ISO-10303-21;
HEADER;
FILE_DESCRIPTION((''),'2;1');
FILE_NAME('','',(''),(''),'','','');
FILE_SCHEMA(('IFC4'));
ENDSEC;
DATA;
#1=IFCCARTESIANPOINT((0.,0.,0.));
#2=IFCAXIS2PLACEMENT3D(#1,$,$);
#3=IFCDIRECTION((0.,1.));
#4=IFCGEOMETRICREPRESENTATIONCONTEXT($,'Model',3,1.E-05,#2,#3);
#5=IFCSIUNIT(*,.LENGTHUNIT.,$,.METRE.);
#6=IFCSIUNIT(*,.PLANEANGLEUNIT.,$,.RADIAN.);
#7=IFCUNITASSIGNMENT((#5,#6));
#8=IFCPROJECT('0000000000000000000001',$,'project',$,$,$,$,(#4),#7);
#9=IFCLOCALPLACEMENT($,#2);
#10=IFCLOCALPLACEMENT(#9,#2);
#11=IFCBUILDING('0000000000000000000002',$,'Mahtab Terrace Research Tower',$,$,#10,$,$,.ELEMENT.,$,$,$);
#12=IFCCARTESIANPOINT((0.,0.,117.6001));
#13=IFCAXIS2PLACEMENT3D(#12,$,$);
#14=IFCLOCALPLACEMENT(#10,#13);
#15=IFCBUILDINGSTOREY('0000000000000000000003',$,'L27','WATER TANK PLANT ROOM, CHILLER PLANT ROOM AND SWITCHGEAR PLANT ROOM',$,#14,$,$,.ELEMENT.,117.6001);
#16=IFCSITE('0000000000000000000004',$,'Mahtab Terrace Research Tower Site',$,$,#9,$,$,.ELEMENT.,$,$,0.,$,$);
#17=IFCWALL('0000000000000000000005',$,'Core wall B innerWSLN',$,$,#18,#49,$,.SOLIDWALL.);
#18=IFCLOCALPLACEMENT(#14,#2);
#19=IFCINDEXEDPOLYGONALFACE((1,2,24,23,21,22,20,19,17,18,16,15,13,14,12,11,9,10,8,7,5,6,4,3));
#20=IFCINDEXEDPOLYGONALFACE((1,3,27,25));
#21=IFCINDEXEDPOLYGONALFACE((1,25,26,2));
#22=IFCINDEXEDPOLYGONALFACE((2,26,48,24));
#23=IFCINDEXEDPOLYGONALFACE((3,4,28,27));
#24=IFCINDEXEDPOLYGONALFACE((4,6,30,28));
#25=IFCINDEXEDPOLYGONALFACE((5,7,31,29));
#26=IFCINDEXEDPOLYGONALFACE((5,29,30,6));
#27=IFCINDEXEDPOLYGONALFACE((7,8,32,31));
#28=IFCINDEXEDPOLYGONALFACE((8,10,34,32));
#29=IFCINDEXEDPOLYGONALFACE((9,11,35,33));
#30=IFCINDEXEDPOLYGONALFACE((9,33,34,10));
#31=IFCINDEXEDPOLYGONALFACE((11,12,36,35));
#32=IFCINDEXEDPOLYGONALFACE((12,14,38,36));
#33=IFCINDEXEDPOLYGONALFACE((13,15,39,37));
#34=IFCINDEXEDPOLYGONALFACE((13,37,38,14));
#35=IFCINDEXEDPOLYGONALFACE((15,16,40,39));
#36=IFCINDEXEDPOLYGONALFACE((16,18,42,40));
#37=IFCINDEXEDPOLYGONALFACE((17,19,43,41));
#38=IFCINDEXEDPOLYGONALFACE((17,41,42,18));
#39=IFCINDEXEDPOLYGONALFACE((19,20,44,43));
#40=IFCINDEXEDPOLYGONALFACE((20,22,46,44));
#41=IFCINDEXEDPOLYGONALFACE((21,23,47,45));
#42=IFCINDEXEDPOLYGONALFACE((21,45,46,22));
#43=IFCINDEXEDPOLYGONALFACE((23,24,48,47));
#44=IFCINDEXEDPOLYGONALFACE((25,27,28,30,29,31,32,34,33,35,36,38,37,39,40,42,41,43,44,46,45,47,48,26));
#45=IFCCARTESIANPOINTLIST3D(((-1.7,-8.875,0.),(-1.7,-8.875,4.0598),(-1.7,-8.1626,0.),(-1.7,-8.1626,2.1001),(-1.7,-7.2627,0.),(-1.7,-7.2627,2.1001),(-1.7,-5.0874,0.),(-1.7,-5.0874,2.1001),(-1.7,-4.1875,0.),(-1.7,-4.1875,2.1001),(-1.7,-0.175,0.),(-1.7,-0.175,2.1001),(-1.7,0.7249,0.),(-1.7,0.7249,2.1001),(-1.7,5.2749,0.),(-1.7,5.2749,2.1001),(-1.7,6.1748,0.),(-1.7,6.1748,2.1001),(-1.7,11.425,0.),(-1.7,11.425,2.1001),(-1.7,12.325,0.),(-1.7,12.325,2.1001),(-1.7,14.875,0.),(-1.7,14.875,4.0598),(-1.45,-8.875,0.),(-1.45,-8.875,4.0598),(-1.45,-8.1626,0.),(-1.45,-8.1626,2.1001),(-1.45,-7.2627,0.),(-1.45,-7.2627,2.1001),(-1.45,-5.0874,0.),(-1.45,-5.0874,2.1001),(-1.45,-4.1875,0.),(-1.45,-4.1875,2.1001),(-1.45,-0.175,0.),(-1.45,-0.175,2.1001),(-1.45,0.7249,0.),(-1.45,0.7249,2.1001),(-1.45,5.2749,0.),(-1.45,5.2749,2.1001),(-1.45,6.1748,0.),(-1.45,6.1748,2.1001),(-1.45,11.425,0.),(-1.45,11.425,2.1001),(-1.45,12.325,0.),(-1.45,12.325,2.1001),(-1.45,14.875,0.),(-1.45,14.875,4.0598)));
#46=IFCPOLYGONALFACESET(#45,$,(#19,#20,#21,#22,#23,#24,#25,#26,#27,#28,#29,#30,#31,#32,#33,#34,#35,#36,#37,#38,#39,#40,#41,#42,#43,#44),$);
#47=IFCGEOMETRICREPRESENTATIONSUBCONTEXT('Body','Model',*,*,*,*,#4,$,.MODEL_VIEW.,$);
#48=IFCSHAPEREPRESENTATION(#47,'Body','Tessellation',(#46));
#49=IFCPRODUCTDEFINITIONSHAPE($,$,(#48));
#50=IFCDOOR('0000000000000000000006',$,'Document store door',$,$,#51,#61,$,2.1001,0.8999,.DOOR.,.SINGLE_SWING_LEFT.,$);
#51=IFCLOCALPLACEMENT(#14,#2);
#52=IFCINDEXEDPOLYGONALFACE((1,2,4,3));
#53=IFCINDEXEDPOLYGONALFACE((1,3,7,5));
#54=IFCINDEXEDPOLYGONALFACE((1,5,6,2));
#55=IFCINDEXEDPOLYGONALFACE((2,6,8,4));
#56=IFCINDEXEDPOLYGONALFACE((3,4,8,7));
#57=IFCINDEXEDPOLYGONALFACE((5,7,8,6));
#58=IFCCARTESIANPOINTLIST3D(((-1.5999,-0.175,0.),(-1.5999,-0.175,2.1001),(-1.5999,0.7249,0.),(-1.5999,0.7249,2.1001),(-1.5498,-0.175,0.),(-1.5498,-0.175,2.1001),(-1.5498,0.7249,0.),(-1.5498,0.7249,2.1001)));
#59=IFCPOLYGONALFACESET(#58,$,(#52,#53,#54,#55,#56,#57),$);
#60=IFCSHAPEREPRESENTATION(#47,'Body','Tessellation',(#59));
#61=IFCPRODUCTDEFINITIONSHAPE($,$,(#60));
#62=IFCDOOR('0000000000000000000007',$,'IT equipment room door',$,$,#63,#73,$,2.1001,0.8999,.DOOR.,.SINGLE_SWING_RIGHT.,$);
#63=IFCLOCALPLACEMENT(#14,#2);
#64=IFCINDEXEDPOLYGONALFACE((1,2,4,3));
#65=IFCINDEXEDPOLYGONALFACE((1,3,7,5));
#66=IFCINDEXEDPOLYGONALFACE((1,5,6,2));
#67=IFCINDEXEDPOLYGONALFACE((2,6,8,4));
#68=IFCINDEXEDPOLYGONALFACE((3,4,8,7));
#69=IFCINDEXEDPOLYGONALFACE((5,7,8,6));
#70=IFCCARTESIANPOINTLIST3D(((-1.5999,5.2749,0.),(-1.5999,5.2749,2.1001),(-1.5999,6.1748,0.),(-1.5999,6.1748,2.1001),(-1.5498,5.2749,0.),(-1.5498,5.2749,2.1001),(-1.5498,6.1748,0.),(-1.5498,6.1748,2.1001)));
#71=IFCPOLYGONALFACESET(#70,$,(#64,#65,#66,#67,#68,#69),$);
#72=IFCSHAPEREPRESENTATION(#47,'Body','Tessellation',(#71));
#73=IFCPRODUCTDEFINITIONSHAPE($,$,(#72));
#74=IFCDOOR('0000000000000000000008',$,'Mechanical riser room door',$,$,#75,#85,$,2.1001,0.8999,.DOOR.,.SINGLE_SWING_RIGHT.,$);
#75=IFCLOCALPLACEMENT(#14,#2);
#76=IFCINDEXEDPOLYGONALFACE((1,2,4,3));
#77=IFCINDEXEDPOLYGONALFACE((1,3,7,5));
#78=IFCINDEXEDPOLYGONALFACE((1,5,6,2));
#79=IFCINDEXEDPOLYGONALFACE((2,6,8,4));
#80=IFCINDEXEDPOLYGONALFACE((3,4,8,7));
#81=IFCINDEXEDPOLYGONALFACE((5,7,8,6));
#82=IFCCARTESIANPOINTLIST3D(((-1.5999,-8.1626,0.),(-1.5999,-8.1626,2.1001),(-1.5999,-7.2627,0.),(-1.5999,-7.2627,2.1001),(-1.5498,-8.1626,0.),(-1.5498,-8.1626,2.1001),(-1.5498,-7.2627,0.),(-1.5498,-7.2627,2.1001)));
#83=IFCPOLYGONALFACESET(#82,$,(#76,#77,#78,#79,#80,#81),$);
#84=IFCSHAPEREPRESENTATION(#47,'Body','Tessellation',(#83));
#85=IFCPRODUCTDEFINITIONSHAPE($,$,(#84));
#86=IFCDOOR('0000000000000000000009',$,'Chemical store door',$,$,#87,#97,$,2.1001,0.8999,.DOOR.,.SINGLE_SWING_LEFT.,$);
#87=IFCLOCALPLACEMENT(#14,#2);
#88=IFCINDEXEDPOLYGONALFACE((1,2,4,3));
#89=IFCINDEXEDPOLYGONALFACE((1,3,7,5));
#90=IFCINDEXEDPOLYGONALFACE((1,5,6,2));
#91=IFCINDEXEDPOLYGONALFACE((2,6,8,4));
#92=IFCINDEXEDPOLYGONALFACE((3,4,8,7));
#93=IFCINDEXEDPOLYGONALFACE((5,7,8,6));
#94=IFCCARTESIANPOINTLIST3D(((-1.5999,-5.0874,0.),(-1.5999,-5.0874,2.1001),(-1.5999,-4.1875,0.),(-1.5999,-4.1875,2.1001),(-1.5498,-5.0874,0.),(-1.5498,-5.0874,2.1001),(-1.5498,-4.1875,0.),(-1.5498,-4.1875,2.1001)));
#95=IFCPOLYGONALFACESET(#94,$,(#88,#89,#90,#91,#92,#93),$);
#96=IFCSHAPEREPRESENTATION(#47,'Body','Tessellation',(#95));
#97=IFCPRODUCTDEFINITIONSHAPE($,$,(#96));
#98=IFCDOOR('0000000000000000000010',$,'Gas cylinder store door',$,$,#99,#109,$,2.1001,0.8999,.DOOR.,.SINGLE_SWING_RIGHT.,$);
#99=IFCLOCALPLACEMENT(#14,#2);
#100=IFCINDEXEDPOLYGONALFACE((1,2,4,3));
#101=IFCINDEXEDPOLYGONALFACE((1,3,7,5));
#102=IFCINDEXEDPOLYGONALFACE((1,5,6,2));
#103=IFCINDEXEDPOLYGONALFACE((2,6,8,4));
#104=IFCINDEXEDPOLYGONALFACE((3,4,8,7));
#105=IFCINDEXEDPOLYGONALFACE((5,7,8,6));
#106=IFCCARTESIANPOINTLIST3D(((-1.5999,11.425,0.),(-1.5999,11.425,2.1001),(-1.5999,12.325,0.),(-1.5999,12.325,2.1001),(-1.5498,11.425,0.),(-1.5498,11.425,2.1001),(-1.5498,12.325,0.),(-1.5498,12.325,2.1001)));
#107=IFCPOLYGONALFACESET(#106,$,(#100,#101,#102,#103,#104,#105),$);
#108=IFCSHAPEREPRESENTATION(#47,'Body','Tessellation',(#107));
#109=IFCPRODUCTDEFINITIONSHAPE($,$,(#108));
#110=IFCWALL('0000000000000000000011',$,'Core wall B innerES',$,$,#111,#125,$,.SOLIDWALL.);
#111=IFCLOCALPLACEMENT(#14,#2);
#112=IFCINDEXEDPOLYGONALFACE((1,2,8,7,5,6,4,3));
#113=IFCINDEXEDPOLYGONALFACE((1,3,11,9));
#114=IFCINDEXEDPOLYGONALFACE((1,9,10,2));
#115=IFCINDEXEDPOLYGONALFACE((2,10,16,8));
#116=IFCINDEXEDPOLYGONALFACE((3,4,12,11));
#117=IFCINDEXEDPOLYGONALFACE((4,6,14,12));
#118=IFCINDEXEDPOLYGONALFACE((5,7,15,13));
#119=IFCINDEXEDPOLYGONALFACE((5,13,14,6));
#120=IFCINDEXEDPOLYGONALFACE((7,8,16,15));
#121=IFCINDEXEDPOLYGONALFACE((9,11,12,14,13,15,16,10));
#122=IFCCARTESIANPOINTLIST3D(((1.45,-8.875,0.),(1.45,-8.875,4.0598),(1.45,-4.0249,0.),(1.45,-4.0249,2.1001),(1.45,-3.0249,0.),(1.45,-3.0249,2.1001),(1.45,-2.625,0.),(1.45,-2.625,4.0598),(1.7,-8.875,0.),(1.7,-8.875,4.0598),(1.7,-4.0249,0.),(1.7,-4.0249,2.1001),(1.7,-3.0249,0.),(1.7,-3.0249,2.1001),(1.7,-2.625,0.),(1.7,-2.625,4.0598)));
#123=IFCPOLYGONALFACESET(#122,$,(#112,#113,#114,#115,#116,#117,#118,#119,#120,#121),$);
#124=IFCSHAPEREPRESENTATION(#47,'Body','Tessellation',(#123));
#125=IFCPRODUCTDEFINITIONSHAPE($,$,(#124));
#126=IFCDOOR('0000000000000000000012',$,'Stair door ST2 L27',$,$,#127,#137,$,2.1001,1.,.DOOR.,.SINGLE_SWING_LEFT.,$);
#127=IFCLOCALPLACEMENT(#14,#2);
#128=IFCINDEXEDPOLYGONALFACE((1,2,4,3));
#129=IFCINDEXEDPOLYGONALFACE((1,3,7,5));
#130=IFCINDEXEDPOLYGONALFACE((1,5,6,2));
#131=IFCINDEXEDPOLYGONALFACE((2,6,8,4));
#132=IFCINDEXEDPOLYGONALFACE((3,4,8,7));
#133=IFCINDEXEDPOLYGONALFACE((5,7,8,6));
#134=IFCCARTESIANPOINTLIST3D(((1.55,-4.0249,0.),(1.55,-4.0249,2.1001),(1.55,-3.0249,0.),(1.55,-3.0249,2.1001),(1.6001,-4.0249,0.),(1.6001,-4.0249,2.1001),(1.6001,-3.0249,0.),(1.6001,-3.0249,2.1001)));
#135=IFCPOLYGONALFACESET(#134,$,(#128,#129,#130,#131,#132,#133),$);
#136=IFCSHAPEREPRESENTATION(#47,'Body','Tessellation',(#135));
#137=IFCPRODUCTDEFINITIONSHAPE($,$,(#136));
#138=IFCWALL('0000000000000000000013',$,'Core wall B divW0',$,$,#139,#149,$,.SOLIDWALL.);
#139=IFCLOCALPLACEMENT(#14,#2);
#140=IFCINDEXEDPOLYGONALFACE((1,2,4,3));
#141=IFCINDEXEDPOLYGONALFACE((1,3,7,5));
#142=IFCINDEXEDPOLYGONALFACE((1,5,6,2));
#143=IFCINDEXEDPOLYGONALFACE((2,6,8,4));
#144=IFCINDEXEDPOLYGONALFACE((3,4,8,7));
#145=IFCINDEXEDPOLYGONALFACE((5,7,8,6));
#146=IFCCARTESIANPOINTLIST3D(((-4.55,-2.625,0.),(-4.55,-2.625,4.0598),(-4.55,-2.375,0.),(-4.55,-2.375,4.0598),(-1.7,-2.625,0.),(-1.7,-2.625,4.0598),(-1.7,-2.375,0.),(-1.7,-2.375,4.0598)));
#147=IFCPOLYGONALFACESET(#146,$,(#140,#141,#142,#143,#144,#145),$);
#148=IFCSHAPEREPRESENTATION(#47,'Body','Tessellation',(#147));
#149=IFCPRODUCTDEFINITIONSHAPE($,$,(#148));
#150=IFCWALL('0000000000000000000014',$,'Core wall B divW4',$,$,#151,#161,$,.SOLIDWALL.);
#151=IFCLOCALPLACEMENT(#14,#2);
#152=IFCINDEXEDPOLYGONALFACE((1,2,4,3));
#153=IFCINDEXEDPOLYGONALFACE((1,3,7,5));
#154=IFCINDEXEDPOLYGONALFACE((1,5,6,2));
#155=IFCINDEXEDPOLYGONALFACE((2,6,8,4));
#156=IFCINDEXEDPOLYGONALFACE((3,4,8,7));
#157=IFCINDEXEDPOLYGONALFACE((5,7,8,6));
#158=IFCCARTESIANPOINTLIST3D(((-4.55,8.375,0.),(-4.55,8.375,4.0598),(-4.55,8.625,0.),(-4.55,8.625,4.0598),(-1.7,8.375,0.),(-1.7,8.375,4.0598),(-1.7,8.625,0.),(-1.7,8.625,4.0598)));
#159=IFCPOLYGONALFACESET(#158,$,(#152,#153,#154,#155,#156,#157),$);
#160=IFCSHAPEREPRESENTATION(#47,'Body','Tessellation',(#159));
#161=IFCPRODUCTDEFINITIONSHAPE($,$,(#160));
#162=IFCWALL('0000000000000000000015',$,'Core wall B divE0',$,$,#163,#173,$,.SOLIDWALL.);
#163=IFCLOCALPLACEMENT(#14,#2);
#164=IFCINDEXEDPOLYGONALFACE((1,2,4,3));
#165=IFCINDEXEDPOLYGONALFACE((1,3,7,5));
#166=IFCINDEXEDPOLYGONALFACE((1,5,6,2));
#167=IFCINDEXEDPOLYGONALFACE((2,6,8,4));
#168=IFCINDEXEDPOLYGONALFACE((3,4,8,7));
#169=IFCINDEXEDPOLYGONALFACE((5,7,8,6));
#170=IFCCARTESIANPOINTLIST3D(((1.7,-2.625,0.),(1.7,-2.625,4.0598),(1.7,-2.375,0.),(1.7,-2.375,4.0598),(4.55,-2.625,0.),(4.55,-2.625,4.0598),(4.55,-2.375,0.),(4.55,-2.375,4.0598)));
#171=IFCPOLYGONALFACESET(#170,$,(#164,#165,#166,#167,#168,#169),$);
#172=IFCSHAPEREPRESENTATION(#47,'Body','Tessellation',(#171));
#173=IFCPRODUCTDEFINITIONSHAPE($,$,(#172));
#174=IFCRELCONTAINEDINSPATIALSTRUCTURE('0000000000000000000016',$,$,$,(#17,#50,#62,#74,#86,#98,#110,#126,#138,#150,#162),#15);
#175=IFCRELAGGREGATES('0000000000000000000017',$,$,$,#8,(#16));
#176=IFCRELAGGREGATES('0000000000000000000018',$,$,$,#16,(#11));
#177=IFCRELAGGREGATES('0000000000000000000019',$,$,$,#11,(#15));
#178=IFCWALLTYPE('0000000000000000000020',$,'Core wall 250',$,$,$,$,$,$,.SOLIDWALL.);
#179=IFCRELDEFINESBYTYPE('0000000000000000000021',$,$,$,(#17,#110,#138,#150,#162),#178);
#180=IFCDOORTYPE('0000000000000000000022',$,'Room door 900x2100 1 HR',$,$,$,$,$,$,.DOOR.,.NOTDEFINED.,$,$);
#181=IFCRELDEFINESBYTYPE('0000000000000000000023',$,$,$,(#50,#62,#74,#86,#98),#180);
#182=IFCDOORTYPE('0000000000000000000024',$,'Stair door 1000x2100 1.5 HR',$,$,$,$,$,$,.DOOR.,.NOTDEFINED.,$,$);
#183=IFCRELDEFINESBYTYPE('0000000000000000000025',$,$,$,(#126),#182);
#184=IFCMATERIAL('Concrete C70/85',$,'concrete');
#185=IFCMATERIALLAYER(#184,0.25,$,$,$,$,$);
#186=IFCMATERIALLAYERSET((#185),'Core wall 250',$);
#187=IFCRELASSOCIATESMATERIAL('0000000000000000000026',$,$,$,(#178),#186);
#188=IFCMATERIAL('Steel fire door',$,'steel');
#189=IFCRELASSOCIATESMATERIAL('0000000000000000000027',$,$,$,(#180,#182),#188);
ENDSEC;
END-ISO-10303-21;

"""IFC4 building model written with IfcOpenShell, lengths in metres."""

from ifc_helpers import new_model, si_unit, direction, frame, frame_2d, origin, place, context, subcontext, project, spatial, rectangle, extrude, material, layer, layer_set, type_object, element, fill, save


model = new_model("IFC4")

# Units and contexts
model_context = context("Model", 3, precision=1e-05, world=origin(), true_north=direction((0.0, 1.0)))
body_context = subcontext(model_context, "Body", "Model", "MODEL_VIEW")
ifc_project = project(units=[si_unit("LENGTHUNIT", "METRE"), si_unit("PLANEANGLEUNIT", "RADIAN")], contexts=[model_context])

# Site, building, storey
site_placement = place(None, origin())
site = spatial("IfcSite", under=ifc_project, at=site_placement, Name="Mahtab Terrace Research Tower Site", CompositionType="ELEMENT", RefElevation=0.0)
building_placement = place(site_placement, origin())
building = spatial("IfcBuilding", under=site, at=building_placement, Name="Mahtab Terrace Research Tower", CompositionType="ELEMENT")
storey_placement = place(building_placement, frame((0.0, 0.0, 117.6001)))
storey = spatial("IfcBuildingStorey", under=building, at=storey_placement, Name="L27", Description="WATER TANK PLANT ROOM, CHILLER PLANT ROOM AND SWITCHGEAR PLANT ROOM", CompositionType="ELEMENT", Elevation=117.6001)

# Shared definitions
ifc_material_1 = material(Name="Concrete C70/85", Category="concrete")

# Wall, openings, doors
ifc_layer_1 = layer(ifc_material_1, 0.25)
ifc_layer_set_1 = layer_set([ifc_layer_1], Name="Core wall 250")
wall_type_1 = type_object("IfcWallType", Name="Core wall 250", PredefinedType="SOLIDWALL", material=ifc_layer_set_1)
wall_1_placement = place(storey_placement, frame((-1.575, -8.875, 0.0), z_axis=(0.0, 0.0, 1.0), x_axis=(0.0, 1.0, 0.0)))
wall_1 = element("IfcWall", 1, at=wall_1_placement, inside=storey, type_object=wall_type_1, Name="Core wall B innerWSLN", PredefinedType="SOLIDWALL", context=body_context, shape_type="SweptSolid", body=[
    extrude(rectangle(XDim=23.75, YDim=0.25, at=frame_2d((11.875, 0.0))), origin(), (0.0, 0.0, 1.0), 4.0598),
])
opening_1_placement = place(wall_1_placement, frame((8.7, 0.0, 0.0)))
opening_1 = element("IfcOpeningElement", 2, at=opening_1_placement, cuts=wall_1, PredefinedType="OPENING", context=body_context, shape_type="SweptSolid", body=[
    extrude(rectangle(XDim=0.8999, YDim=2.1001, at=frame_2d((0.45, 1.05))), frame((0.0, 0.135, 0.0), z_axis=(0.0, -1.0, 0.0), x_axis=(1.0, 0.0, 0.0)), (0.0, 0.0, 1.0), 0.27),
])
opening_2_placement = place(wall_1_placement, frame((14.1499, 0.0, 0.0)))
opening_2 = element("IfcOpeningElement", 3, at=opening_2_placement, cuts=wall_1, PredefinedType="OPENING", context=body_context, shape_type="SweptSolid", body=[
    extrude(rectangle(XDim=0.8999, YDim=2.1001, at=frame_2d((0.45, 1.05))), frame((0.0, 0.135, 0.0), z_axis=(0.0, -1.0, 0.0), x_axis=(1.0, 0.0, 0.0)), (0.0, 0.0, 1.0), 0.27),
])
opening_3_placement = place(wall_1_placement, frame((0.7124, 0.0, 0.0)))
opening_3 = element("IfcOpeningElement", 4, at=opening_3_placement, cuts=wall_1, PredefinedType="OPENING", context=body_context, shape_type="SweptSolid", body=[
    extrude(rectangle(XDim=0.8999, YDim=2.1001, at=frame_2d((0.45, 1.05))), frame((0.0, 0.135, 0.0), z_axis=(0.0, -1.0, 0.0), x_axis=(1.0, 0.0, 0.0)), (0.0, 0.0, 1.0), 0.27),
])
opening_4_placement = place(wall_1_placement, frame((3.7876, 0.0, 0.0)))
opening_4 = element("IfcOpeningElement", 5, at=opening_4_placement, cuts=wall_1, PredefinedType="OPENING", context=body_context, shape_type="SweptSolid", body=[
    extrude(rectangle(XDim=0.8999, YDim=2.1001, at=frame_2d((0.45, 1.05))), frame((0.0, 0.135, 0.0), z_axis=(0.0, -1.0, 0.0), x_axis=(1.0, 0.0, 0.0)), (0.0, 0.0, 1.0), 0.27),
])
opening_5_placement = place(wall_1_placement, frame((20.3, 0.0, 0.0)))
opening_5 = element("IfcOpeningElement", 6, at=opening_5_placement, cuts=wall_1, PredefinedType="OPENING", context=body_context, shape_type="SweptSolid", body=[
    extrude(rectangle(XDim=0.8999, YDim=2.1001, at=frame_2d((0.45, 1.05))), frame((0.0, 0.135, 0.0), z_axis=(0.0, -1.0, 0.0), x_axis=(1.0, 0.0, 0.0)), (0.0, 0.0, 1.0), 0.27),
])
ifc_material_2 = material(Name="Steel fire door", Category="steel")
door_type_1 = type_object("IfcDoorType", Name="Room door 900x2100 1 HR", OperationType="NOTDEFINED", PredefinedType="DOOR", material=ifc_material_2)
door_1_placement = place(opening_1_placement, origin())
door_1 = element("IfcDoor", 7, at=door_1_placement, inside=storey, type_object=door_type_1, Name="Document store door", OperationType="SINGLE_SWING_LEFT", OverallHeight=2.1001, OverallWidth=0.8999, PredefinedType="DOOR", context=body_context, shape_type="SweptSolid", body=[
    extrude(rectangle(XDim=0.8999, YDim=2.1001, at=frame_2d((0.45, 1.05))), frame((0.0, 0.0249, 0.0), z_axis=(0.0, -1.0, 0.0), x_axis=(1.0, 0.0, 0.0)), (0.0, 0.0, 1.0), 0.05),
])
fill(opening_1, door_1)
door_2_placement = place(opening_2_placement, origin())
door_2 = element("IfcDoor", 8, at=door_2_placement, inside=storey, type_object=door_type_1, Name="IT equipment room door", OperationType="SINGLE_SWING_RIGHT", OverallHeight=2.1001, OverallWidth=0.8999, PredefinedType="DOOR", context=body_context, shape_type="SweptSolid", body=[
    extrude(rectangle(XDim=0.8999, YDim=2.1001, at=frame_2d((0.45, 1.05))), frame((0.0, 0.0249, 0.0), z_axis=(0.0, -1.0, 0.0), x_axis=(1.0, 0.0, 0.0)), (0.0, 0.0, 1.0), 0.05),
])
fill(opening_2, door_2)
door_3_placement = place(opening_3_placement, origin())
door_3 = element("IfcDoor", 9, at=door_3_placement, inside=storey, type_object=door_type_1, Name="Mechanical riser room door", OperationType="SINGLE_SWING_RIGHT", OverallHeight=2.1001, OverallWidth=0.8999, PredefinedType="DOOR", context=body_context, shape_type="SweptSolid", body=[
    extrude(rectangle(XDim=0.8999, YDim=2.1001, at=frame_2d((0.45, 1.05))), frame((0.0, 0.0249, 0.0), z_axis=(0.0, -1.0, 0.0), x_axis=(1.0, 0.0, 0.0)), (0.0, 0.0, 1.0), 0.05),
])
fill(opening_3, door_3)
door_4_placement = place(opening_4_placement, origin())
door_4 = element("IfcDoor", 10, at=door_4_placement, inside=storey, type_object=door_type_1, Name="Chemical store door", OperationType="SINGLE_SWING_LEFT", OverallHeight=2.1001, OverallWidth=0.8999, PredefinedType="DOOR", context=body_context, shape_type="SweptSolid", body=[
    extrude(rectangle(XDim=0.8999, YDim=2.1001, at=frame_2d((0.45, 1.05))), frame((0.0, 0.0249, 0.0), z_axis=(0.0, -1.0, 0.0), x_axis=(1.0, 0.0, 0.0)), (0.0, 0.0, 1.0), 0.05),
])
fill(opening_4, door_4)
door_5_placement = place(opening_5_placement, origin())
door_5 = element("IfcDoor", 11, at=door_5_placement, inside=storey, type_object=door_type_1, Name="Gas cylinder store door", OperationType="SINGLE_SWING_RIGHT", OverallHeight=2.1001, OverallWidth=0.8999, PredefinedType="DOOR", context=body_context, shape_type="SweptSolid", body=[
    extrude(rectangle(XDim=0.8999, YDim=2.1001, at=frame_2d((0.45, 1.05))), frame((0.0, 0.0249, 0.0), z_axis=(0.0, -1.0, 0.0), x_axis=(1.0, 0.0, 0.0)), (0.0, 0.0, 1.0), 0.05),
])
fill(opening_5, door_5)

# Wall, opening, door
wall_2_placement = place(storey_placement, frame((1.575, -8.875, 0.0), z_axis=(0.0, 0.0, 1.0), x_axis=(0.0, 1.0, 0.0)))
wall_2 = element("IfcWall", 12, at=wall_2_placement, inside=storey, type_object=wall_type_1, Name="Core wall B innerES", PredefinedType="SOLIDWALL", context=body_context, shape_type="SweptSolid", body=[
    extrude(rectangle(XDim=6.25, YDim=0.25, at=frame_2d((3.125, 0.0))), origin(), (0.0, 0.0, 1.0), 4.0598),
])
opening_6_placement = place(wall_2_placement, frame((4.8501, 0.0, 0.0)))
opening_6 = element("IfcOpeningElement", 13, at=opening_6_placement, cuts=wall_2, PredefinedType="OPENING", context=body_context, shape_type="SweptSolid", body=[
    extrude(rectangle(XDim=1.0, YDim=2.1001, at=frame_2d((0.5, 1.05))), frame((0.0, 0.135, 0.0), z_axis=(0.0, -1.0, 0.0), x_axis=(1.0, 0.0, 0.0)), (0.0, 0.0, 1.0), 0.27),
])
door_type_2 = type_object("IfcDoorType", Name="Stair door 1000x2100 1.5 HR", OperationType="NOTDEFINED", PredefinedType="DOOR", material=ifc_material_2)
door_6_placement = place(opening_6_placement, origin())
door_6 = element("IfcDoor", 14, at=door_6_placement, inside=storey, type_object=door_type_2, Name="Stair door ST2 L27", OperationType="SINGLE_SWING_LEFT", OverallHeight=2.1001, OverallWidth=1.0, PredefinedType="DOOR", context=body_context, shape_type="SweptSolid", body=[
    extrude(rectangle(XDim=1.0, YDim=2.1001, at=frame_2d((0.5, 1.05))), frame((0.0, 0.0249, 0.0), z_axis=(0.0, -1.0, 0.0), x_axis=(1.0, 0.0, 0.0)), (0.0, 0.0, 1.0), 0.05),
])
fill(opening_6, door_6)

# Walls
for number, where, z_axis, x_axis, name in (
    (15, (-4.55, -2.5, 0.0), (0.0, 0.0, 1.0), (1.0, 0.0, 0.0), "Core wall B divW0"),
    (16, (-4.55, 8.5, 0.0), (0.0, 0.0, 1.0), (1.0, 0.0, 0.0), "Core wall B divW4"),
    (17, (1.7, -2.5, 0.0), (0.0, 0.0, 1.0), (1.0, 0.0, 0.0), "Core wall B divE0"),
):
    element("IfcWall", number, at=place(storey_placement, frame(where, z_axis=z_axis, x_axis=x_axis)), inside=storey, type_object=wall_type_1, Name=name, PredefinedType="SOLIDWALL", context=body_context, shape_type="SweptSolid", body=[
        extrude(rectangle(XDim=2.8501, YDim=0.25, at=frame_2d((1.425, 0.0))), origin(), (0.0, 0.0, 1.0), 4.0598),
    ])

save(model, "model.ifc")
